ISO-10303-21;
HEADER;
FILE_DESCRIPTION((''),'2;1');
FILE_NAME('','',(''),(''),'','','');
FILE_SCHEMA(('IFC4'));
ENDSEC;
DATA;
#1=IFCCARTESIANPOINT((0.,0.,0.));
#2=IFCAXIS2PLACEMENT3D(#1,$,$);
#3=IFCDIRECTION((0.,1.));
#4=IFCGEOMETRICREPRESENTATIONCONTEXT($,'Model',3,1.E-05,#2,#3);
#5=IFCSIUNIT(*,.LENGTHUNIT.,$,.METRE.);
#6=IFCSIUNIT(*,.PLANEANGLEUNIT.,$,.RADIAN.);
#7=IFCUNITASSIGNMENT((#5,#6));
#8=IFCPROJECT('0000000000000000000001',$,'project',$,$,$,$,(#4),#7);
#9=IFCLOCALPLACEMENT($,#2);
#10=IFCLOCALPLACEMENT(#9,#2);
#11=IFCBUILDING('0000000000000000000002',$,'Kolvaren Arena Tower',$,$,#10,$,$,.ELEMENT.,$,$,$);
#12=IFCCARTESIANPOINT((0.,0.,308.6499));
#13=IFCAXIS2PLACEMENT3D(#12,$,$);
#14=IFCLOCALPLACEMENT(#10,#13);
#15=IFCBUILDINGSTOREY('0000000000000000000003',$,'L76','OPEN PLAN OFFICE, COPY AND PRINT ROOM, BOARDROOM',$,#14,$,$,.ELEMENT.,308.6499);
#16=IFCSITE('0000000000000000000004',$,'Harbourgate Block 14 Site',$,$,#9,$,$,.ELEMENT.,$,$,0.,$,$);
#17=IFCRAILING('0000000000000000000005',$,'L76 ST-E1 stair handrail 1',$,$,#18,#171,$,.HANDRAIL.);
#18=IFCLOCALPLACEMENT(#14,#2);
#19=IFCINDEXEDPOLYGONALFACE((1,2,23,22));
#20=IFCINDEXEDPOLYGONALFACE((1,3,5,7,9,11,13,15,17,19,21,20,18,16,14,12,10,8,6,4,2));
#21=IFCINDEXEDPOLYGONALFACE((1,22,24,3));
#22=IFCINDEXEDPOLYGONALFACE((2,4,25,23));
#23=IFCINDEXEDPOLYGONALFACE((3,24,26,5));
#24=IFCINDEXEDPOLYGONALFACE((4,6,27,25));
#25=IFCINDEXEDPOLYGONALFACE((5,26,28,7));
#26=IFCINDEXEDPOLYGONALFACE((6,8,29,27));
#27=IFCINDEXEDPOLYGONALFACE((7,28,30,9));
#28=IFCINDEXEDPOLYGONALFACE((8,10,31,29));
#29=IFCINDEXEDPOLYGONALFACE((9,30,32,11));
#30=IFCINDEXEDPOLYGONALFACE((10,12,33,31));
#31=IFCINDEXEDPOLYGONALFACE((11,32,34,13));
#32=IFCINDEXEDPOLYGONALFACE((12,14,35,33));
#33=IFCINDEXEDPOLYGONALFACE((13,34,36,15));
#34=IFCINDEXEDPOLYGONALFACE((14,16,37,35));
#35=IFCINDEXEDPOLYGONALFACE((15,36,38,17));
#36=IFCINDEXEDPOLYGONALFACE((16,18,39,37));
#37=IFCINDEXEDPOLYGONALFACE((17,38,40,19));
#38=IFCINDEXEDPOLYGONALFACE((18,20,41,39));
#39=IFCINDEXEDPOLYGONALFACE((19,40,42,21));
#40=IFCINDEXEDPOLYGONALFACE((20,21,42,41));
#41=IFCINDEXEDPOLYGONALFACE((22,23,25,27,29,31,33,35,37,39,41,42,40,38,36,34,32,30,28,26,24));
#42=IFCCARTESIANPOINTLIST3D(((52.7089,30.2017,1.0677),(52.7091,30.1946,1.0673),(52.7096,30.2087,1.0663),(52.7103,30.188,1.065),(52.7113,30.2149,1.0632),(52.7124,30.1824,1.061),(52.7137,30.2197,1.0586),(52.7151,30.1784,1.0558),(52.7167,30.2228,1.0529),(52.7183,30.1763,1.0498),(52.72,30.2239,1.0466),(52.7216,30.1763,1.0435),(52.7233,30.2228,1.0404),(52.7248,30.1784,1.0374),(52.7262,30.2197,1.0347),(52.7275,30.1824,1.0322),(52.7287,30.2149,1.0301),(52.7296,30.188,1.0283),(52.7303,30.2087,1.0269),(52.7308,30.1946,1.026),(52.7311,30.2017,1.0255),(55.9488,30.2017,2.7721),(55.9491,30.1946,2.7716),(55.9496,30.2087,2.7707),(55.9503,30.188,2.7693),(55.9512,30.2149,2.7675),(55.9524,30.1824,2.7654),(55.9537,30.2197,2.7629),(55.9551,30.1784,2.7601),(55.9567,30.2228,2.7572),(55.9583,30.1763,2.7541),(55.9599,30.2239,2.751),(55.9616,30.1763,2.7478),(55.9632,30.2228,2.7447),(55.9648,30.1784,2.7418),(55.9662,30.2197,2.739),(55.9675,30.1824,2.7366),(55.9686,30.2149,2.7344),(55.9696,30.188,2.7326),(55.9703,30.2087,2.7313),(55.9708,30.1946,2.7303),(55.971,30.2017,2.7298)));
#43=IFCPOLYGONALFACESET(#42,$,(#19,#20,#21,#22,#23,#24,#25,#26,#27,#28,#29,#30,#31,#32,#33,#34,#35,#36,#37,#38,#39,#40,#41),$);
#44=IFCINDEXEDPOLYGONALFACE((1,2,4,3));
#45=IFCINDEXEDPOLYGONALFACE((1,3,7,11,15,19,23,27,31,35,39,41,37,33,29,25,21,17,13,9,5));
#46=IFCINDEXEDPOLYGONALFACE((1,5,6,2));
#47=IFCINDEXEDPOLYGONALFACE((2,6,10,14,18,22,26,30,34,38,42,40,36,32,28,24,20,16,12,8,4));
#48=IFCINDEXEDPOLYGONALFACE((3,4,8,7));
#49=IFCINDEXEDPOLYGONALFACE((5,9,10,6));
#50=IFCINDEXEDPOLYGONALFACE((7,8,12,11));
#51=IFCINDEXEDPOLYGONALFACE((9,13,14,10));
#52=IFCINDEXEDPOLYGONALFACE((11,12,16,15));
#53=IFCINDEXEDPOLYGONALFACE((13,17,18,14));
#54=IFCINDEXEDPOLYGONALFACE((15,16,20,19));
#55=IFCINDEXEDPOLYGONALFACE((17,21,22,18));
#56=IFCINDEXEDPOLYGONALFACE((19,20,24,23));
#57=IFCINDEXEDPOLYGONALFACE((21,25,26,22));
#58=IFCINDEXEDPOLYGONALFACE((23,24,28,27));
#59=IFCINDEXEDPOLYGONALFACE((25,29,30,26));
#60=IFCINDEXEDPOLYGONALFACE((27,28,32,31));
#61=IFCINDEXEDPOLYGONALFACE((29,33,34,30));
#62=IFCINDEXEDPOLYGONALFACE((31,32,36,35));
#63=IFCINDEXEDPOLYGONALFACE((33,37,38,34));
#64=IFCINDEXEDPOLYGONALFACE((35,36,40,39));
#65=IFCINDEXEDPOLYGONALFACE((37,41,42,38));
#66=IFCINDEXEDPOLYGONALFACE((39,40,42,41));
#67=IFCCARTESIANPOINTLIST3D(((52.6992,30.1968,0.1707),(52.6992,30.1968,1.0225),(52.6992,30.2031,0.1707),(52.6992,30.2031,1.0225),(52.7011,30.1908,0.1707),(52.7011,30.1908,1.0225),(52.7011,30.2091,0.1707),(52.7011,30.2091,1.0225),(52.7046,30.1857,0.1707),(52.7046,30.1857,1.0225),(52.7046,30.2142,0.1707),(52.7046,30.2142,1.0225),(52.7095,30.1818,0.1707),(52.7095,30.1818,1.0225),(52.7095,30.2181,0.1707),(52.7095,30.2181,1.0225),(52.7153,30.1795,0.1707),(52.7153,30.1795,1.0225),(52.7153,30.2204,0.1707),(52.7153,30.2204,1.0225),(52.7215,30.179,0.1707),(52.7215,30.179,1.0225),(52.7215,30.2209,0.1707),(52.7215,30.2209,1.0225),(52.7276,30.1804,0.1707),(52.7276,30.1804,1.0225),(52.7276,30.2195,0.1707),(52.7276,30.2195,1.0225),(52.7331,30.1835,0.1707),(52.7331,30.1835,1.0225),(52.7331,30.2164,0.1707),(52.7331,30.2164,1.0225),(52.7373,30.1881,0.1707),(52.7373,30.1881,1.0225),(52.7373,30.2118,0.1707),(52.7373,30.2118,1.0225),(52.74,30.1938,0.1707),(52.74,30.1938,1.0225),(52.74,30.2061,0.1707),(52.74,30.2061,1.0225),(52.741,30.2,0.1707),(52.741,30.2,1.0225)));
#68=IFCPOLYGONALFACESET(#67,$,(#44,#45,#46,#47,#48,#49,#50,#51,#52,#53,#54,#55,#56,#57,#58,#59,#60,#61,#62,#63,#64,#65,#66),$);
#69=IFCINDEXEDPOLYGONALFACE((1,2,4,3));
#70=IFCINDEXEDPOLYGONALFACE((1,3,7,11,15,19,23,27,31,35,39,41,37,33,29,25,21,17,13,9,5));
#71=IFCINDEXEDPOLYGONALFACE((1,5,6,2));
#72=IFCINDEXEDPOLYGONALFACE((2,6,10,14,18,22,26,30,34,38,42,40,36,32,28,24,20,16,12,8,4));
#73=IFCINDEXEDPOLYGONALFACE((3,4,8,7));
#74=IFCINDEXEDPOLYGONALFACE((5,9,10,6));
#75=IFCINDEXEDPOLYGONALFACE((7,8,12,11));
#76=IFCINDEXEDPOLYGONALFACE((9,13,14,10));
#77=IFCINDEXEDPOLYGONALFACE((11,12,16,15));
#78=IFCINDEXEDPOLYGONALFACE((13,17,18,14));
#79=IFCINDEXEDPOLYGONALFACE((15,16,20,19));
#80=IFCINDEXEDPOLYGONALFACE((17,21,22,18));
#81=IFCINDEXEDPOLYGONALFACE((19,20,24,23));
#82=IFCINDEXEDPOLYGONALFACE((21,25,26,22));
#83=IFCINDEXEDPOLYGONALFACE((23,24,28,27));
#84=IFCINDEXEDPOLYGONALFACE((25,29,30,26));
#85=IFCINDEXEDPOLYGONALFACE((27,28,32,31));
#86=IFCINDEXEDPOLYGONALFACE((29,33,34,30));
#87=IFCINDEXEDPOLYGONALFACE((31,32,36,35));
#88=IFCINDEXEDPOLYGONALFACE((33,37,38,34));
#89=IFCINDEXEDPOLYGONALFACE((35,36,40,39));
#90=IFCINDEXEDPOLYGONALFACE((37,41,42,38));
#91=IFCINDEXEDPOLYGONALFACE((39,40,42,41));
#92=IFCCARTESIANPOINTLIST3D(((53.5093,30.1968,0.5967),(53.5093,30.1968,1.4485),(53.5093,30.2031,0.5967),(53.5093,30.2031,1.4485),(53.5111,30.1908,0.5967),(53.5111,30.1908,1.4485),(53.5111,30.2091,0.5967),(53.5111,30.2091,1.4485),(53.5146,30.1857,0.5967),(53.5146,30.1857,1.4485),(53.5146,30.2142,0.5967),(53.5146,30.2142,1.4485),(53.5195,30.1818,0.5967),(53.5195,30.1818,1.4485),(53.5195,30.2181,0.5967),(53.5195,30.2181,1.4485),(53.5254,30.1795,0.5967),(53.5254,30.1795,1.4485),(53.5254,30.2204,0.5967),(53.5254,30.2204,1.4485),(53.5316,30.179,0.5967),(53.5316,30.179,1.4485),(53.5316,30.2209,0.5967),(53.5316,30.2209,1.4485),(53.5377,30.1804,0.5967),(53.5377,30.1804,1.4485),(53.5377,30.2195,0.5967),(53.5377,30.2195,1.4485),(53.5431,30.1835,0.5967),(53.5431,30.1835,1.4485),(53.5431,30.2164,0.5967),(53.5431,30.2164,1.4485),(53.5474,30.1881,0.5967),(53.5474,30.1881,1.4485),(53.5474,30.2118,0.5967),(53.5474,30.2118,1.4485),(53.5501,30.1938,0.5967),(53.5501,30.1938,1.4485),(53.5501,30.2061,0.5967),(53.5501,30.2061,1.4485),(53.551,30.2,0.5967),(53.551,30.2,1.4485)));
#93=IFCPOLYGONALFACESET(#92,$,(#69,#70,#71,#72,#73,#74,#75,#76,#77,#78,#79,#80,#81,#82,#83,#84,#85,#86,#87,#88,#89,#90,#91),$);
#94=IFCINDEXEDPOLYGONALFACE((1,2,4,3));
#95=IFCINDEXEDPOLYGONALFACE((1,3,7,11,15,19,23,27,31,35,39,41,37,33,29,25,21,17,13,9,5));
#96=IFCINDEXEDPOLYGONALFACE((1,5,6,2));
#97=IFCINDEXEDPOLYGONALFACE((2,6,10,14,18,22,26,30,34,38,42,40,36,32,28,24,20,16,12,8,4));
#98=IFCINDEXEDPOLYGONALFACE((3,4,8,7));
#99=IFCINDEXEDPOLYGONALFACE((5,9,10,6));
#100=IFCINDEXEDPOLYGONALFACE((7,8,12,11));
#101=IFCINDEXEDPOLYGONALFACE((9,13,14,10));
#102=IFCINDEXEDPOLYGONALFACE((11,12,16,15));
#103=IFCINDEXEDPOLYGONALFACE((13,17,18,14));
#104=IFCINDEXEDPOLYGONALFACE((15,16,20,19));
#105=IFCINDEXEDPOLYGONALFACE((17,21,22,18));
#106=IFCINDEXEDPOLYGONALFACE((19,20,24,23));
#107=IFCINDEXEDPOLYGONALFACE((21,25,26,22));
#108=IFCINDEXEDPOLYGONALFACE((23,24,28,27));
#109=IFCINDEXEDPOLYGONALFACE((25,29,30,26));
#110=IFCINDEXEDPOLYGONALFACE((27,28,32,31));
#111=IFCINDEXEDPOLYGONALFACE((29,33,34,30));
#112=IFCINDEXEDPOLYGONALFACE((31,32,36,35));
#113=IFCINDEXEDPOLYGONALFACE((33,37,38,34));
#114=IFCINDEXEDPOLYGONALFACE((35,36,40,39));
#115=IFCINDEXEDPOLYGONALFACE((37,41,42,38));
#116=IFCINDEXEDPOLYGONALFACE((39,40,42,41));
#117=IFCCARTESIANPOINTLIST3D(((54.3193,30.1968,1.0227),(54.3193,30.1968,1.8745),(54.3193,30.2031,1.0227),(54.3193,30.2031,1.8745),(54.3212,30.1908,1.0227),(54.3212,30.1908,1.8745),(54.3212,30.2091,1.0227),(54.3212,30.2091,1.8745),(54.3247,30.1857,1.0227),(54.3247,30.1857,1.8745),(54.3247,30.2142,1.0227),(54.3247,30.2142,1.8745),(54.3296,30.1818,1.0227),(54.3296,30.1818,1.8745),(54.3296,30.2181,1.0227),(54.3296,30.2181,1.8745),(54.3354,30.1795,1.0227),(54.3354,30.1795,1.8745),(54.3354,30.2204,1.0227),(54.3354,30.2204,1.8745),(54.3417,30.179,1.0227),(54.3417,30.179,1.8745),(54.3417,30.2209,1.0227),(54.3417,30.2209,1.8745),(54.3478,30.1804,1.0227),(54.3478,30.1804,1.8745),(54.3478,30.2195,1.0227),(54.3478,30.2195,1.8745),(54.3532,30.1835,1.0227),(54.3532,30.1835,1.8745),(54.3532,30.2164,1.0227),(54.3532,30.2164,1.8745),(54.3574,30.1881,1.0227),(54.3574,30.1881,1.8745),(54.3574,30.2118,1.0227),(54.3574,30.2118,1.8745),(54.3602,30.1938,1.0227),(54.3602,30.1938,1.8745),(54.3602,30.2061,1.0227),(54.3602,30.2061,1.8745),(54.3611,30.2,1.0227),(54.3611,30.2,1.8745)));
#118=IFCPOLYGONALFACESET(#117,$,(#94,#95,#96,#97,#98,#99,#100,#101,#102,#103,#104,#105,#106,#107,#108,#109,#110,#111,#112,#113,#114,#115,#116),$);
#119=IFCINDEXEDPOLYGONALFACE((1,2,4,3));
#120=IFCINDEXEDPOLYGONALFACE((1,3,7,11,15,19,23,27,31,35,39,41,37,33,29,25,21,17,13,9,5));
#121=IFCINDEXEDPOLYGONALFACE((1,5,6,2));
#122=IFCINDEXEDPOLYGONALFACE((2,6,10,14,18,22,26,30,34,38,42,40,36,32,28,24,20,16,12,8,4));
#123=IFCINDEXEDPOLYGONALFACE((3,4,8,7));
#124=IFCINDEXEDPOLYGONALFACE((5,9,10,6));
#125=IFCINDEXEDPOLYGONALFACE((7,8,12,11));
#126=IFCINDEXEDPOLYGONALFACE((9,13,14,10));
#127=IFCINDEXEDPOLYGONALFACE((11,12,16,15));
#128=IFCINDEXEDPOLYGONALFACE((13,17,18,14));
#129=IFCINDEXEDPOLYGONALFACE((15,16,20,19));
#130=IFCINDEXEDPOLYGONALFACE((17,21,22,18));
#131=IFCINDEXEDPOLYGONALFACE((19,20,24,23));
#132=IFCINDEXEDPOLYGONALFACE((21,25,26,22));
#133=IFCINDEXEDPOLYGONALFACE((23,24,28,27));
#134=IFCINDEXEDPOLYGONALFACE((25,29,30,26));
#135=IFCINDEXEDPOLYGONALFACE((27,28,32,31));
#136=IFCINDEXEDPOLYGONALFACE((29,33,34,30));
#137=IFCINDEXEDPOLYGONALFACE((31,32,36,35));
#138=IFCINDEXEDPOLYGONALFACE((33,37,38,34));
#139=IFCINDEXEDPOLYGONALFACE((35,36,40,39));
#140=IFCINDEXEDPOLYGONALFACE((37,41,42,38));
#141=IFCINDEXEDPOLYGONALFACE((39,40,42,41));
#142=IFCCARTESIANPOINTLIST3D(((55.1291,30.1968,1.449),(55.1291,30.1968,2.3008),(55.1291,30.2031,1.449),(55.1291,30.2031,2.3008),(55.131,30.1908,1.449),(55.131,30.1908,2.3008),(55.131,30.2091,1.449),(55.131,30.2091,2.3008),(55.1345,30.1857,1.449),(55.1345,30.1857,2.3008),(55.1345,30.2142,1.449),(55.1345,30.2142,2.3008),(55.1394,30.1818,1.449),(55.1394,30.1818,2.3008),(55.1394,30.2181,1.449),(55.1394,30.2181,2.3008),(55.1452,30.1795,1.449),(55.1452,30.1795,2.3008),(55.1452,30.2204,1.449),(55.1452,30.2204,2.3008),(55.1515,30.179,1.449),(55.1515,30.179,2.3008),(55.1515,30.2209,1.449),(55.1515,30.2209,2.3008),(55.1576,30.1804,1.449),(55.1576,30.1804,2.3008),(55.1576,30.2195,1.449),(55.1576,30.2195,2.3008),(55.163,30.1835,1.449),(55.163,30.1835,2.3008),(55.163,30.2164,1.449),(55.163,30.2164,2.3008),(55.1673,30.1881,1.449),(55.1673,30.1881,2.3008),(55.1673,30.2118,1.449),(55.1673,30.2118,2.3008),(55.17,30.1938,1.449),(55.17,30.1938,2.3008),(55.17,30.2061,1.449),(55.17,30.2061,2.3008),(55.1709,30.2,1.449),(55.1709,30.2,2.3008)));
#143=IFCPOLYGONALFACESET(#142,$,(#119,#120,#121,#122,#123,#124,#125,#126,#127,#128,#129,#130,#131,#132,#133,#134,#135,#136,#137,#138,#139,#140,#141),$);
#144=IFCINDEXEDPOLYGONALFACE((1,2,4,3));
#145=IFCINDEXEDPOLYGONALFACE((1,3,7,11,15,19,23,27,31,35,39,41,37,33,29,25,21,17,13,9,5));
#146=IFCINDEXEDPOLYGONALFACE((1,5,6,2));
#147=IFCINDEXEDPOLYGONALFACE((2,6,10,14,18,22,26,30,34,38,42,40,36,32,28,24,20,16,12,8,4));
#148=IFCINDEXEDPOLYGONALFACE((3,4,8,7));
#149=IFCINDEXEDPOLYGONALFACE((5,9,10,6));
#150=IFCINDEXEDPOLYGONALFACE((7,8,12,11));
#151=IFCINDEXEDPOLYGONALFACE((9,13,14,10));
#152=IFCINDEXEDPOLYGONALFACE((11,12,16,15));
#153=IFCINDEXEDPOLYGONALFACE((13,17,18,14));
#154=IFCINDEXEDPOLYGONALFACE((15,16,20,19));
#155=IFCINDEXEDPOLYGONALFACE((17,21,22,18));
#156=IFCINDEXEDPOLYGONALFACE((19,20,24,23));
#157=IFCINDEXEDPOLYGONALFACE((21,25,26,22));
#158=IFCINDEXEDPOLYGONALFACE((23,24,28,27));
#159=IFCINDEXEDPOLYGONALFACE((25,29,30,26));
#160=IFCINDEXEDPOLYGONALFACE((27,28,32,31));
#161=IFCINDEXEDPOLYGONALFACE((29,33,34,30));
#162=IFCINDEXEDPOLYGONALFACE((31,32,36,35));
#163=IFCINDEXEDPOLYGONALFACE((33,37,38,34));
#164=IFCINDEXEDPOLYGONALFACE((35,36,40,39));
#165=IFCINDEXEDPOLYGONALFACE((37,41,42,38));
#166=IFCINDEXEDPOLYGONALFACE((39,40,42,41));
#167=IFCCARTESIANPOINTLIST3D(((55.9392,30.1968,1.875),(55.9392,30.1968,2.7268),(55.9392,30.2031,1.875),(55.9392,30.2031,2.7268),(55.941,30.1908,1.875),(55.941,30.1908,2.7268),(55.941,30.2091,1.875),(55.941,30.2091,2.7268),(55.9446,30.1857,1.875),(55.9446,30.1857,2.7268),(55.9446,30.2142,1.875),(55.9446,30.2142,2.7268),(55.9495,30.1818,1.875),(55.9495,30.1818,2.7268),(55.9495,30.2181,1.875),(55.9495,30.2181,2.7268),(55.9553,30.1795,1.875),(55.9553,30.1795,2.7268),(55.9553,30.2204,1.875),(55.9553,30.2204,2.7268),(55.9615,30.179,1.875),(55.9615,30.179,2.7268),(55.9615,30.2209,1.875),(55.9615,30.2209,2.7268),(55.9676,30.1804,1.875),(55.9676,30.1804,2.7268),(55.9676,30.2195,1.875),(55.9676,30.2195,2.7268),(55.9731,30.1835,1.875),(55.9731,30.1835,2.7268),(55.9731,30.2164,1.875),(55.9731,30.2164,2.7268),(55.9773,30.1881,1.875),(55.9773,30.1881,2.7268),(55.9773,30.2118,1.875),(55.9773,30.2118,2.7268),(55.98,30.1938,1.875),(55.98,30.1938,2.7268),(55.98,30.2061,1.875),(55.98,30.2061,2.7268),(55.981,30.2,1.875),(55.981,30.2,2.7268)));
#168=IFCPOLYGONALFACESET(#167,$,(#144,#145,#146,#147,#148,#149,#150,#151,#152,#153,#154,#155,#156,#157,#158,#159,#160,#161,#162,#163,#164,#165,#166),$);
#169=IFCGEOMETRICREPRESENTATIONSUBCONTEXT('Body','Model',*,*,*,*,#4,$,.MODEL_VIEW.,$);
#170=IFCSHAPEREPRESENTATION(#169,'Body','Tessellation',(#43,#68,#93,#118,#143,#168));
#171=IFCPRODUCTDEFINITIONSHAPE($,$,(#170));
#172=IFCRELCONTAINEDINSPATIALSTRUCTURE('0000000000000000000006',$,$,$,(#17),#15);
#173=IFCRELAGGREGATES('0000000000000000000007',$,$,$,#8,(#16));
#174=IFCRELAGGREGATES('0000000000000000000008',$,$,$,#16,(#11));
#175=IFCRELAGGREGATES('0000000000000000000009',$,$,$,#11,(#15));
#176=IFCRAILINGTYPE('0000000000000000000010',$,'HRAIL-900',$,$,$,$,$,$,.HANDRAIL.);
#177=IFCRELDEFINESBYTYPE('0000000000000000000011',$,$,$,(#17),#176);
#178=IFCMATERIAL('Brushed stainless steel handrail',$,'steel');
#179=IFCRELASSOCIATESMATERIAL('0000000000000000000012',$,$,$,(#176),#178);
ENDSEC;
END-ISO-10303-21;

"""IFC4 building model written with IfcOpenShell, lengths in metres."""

from ifc_helpers import new_model, si_unit, direction, frame, origin, origin_2d, place, context, subcontext, project, spatial, circle, extrude, material, type_object, element, save


model = new_model("IFC4")

# Units and contexts
model_context = context("Model", 3, precision=1e-05, world=origin(), true_north=direction((0.0, 1.0)))
body_context = subcontext(model_context, "Body", "Model", "MODEL_VIEW")
ifc_project = project(units=[si_unit("LENGTHUNIT", "METRE"), si_unit("PLANEANGLEUNIT", "RADIAN")], contexts=[model_context])

# Site, building, storey
site_placement = place(None, origin())
site = spatial("IfcSite", under=ifc_project, at=site_placement, Name="Harbourgate Block 14 Site", CompositionType="ELEMENT", RefElevation=0.0)
building_placement = place(site_placement, origin())
building = spatial("IfcBuilding", under=site, at=building_placement, Name="Kolvaren Arena Tower", CompositionType="ELEMENT")
storey_placement = place(building_placement, frame((0.0, 0.0, 308.6499)))
storey = spatial("IfcBuildingStorey", under=building, at=storey_placement, Name="L76", Description="OPEN PLAN OFFICE, COPY AND PRINT ROOM, BOARDROOM", CompositionType="ELEMENT", Elevation=308.6499)

# Railing
ifc_material_1 = material(Name="Brushed stainless steel handrail", Category="steel")
railing_type_1 = type_object("IfcRailingType", Name="HRAIL-900", PredefinedType="HANDRAIL", material=ifc_material_1)
railing_1_placement = place(storey_placement, frame((52.72, 30.2, 0.1707)))
element("IfcRailing", 1, at=railing_1_placement, inside=storey, type_object=railing_type_1, Name="L76 ST-E1 stair handrail 1", PredefinedType="HANDRAIL", context=body_context, shape_type="SweptSolid", body=[
    extrude(circle(Radius=0.0239, at=origin_2d()), frame((0.0, 0.0, 0.876), z_axis=(0.885021, 0.0, 0.465551), x_axis=(0.0, 1.0, 0.0)), (0.0, 0.0, 1.0), 3.6609),
    extrude(circle(Radius=0.021, at=origin_2d()), origin(), (0.0, 0.0, 1.0), 0.8518),
    extrude(circle(Radius=0.021, at=origin_2d()), frame((0.8101, 0.0, 0.426)), (0.0, 0.0, 1.0), 0.8518),
    extrude(circle(Radius=0.021, at=origin_2d()), frame((1.6201, 0.0, 0.8521)), (0.0, 0.0, 1.0), 0.8518),
    extrude(circle(Radius=0.021, at=origin_2d()), frame((2.4299, 0.0, 1.2783)), (0.0, 0.0, 1.0), 0.8518),
    extrude(circle(Radius=0.021, at=origin_2d()), frame((3.24, 0.0, 1.7043)), (0.0, 0.0, 1.0), 0.8518),
])

save(model, "model.ifc")
